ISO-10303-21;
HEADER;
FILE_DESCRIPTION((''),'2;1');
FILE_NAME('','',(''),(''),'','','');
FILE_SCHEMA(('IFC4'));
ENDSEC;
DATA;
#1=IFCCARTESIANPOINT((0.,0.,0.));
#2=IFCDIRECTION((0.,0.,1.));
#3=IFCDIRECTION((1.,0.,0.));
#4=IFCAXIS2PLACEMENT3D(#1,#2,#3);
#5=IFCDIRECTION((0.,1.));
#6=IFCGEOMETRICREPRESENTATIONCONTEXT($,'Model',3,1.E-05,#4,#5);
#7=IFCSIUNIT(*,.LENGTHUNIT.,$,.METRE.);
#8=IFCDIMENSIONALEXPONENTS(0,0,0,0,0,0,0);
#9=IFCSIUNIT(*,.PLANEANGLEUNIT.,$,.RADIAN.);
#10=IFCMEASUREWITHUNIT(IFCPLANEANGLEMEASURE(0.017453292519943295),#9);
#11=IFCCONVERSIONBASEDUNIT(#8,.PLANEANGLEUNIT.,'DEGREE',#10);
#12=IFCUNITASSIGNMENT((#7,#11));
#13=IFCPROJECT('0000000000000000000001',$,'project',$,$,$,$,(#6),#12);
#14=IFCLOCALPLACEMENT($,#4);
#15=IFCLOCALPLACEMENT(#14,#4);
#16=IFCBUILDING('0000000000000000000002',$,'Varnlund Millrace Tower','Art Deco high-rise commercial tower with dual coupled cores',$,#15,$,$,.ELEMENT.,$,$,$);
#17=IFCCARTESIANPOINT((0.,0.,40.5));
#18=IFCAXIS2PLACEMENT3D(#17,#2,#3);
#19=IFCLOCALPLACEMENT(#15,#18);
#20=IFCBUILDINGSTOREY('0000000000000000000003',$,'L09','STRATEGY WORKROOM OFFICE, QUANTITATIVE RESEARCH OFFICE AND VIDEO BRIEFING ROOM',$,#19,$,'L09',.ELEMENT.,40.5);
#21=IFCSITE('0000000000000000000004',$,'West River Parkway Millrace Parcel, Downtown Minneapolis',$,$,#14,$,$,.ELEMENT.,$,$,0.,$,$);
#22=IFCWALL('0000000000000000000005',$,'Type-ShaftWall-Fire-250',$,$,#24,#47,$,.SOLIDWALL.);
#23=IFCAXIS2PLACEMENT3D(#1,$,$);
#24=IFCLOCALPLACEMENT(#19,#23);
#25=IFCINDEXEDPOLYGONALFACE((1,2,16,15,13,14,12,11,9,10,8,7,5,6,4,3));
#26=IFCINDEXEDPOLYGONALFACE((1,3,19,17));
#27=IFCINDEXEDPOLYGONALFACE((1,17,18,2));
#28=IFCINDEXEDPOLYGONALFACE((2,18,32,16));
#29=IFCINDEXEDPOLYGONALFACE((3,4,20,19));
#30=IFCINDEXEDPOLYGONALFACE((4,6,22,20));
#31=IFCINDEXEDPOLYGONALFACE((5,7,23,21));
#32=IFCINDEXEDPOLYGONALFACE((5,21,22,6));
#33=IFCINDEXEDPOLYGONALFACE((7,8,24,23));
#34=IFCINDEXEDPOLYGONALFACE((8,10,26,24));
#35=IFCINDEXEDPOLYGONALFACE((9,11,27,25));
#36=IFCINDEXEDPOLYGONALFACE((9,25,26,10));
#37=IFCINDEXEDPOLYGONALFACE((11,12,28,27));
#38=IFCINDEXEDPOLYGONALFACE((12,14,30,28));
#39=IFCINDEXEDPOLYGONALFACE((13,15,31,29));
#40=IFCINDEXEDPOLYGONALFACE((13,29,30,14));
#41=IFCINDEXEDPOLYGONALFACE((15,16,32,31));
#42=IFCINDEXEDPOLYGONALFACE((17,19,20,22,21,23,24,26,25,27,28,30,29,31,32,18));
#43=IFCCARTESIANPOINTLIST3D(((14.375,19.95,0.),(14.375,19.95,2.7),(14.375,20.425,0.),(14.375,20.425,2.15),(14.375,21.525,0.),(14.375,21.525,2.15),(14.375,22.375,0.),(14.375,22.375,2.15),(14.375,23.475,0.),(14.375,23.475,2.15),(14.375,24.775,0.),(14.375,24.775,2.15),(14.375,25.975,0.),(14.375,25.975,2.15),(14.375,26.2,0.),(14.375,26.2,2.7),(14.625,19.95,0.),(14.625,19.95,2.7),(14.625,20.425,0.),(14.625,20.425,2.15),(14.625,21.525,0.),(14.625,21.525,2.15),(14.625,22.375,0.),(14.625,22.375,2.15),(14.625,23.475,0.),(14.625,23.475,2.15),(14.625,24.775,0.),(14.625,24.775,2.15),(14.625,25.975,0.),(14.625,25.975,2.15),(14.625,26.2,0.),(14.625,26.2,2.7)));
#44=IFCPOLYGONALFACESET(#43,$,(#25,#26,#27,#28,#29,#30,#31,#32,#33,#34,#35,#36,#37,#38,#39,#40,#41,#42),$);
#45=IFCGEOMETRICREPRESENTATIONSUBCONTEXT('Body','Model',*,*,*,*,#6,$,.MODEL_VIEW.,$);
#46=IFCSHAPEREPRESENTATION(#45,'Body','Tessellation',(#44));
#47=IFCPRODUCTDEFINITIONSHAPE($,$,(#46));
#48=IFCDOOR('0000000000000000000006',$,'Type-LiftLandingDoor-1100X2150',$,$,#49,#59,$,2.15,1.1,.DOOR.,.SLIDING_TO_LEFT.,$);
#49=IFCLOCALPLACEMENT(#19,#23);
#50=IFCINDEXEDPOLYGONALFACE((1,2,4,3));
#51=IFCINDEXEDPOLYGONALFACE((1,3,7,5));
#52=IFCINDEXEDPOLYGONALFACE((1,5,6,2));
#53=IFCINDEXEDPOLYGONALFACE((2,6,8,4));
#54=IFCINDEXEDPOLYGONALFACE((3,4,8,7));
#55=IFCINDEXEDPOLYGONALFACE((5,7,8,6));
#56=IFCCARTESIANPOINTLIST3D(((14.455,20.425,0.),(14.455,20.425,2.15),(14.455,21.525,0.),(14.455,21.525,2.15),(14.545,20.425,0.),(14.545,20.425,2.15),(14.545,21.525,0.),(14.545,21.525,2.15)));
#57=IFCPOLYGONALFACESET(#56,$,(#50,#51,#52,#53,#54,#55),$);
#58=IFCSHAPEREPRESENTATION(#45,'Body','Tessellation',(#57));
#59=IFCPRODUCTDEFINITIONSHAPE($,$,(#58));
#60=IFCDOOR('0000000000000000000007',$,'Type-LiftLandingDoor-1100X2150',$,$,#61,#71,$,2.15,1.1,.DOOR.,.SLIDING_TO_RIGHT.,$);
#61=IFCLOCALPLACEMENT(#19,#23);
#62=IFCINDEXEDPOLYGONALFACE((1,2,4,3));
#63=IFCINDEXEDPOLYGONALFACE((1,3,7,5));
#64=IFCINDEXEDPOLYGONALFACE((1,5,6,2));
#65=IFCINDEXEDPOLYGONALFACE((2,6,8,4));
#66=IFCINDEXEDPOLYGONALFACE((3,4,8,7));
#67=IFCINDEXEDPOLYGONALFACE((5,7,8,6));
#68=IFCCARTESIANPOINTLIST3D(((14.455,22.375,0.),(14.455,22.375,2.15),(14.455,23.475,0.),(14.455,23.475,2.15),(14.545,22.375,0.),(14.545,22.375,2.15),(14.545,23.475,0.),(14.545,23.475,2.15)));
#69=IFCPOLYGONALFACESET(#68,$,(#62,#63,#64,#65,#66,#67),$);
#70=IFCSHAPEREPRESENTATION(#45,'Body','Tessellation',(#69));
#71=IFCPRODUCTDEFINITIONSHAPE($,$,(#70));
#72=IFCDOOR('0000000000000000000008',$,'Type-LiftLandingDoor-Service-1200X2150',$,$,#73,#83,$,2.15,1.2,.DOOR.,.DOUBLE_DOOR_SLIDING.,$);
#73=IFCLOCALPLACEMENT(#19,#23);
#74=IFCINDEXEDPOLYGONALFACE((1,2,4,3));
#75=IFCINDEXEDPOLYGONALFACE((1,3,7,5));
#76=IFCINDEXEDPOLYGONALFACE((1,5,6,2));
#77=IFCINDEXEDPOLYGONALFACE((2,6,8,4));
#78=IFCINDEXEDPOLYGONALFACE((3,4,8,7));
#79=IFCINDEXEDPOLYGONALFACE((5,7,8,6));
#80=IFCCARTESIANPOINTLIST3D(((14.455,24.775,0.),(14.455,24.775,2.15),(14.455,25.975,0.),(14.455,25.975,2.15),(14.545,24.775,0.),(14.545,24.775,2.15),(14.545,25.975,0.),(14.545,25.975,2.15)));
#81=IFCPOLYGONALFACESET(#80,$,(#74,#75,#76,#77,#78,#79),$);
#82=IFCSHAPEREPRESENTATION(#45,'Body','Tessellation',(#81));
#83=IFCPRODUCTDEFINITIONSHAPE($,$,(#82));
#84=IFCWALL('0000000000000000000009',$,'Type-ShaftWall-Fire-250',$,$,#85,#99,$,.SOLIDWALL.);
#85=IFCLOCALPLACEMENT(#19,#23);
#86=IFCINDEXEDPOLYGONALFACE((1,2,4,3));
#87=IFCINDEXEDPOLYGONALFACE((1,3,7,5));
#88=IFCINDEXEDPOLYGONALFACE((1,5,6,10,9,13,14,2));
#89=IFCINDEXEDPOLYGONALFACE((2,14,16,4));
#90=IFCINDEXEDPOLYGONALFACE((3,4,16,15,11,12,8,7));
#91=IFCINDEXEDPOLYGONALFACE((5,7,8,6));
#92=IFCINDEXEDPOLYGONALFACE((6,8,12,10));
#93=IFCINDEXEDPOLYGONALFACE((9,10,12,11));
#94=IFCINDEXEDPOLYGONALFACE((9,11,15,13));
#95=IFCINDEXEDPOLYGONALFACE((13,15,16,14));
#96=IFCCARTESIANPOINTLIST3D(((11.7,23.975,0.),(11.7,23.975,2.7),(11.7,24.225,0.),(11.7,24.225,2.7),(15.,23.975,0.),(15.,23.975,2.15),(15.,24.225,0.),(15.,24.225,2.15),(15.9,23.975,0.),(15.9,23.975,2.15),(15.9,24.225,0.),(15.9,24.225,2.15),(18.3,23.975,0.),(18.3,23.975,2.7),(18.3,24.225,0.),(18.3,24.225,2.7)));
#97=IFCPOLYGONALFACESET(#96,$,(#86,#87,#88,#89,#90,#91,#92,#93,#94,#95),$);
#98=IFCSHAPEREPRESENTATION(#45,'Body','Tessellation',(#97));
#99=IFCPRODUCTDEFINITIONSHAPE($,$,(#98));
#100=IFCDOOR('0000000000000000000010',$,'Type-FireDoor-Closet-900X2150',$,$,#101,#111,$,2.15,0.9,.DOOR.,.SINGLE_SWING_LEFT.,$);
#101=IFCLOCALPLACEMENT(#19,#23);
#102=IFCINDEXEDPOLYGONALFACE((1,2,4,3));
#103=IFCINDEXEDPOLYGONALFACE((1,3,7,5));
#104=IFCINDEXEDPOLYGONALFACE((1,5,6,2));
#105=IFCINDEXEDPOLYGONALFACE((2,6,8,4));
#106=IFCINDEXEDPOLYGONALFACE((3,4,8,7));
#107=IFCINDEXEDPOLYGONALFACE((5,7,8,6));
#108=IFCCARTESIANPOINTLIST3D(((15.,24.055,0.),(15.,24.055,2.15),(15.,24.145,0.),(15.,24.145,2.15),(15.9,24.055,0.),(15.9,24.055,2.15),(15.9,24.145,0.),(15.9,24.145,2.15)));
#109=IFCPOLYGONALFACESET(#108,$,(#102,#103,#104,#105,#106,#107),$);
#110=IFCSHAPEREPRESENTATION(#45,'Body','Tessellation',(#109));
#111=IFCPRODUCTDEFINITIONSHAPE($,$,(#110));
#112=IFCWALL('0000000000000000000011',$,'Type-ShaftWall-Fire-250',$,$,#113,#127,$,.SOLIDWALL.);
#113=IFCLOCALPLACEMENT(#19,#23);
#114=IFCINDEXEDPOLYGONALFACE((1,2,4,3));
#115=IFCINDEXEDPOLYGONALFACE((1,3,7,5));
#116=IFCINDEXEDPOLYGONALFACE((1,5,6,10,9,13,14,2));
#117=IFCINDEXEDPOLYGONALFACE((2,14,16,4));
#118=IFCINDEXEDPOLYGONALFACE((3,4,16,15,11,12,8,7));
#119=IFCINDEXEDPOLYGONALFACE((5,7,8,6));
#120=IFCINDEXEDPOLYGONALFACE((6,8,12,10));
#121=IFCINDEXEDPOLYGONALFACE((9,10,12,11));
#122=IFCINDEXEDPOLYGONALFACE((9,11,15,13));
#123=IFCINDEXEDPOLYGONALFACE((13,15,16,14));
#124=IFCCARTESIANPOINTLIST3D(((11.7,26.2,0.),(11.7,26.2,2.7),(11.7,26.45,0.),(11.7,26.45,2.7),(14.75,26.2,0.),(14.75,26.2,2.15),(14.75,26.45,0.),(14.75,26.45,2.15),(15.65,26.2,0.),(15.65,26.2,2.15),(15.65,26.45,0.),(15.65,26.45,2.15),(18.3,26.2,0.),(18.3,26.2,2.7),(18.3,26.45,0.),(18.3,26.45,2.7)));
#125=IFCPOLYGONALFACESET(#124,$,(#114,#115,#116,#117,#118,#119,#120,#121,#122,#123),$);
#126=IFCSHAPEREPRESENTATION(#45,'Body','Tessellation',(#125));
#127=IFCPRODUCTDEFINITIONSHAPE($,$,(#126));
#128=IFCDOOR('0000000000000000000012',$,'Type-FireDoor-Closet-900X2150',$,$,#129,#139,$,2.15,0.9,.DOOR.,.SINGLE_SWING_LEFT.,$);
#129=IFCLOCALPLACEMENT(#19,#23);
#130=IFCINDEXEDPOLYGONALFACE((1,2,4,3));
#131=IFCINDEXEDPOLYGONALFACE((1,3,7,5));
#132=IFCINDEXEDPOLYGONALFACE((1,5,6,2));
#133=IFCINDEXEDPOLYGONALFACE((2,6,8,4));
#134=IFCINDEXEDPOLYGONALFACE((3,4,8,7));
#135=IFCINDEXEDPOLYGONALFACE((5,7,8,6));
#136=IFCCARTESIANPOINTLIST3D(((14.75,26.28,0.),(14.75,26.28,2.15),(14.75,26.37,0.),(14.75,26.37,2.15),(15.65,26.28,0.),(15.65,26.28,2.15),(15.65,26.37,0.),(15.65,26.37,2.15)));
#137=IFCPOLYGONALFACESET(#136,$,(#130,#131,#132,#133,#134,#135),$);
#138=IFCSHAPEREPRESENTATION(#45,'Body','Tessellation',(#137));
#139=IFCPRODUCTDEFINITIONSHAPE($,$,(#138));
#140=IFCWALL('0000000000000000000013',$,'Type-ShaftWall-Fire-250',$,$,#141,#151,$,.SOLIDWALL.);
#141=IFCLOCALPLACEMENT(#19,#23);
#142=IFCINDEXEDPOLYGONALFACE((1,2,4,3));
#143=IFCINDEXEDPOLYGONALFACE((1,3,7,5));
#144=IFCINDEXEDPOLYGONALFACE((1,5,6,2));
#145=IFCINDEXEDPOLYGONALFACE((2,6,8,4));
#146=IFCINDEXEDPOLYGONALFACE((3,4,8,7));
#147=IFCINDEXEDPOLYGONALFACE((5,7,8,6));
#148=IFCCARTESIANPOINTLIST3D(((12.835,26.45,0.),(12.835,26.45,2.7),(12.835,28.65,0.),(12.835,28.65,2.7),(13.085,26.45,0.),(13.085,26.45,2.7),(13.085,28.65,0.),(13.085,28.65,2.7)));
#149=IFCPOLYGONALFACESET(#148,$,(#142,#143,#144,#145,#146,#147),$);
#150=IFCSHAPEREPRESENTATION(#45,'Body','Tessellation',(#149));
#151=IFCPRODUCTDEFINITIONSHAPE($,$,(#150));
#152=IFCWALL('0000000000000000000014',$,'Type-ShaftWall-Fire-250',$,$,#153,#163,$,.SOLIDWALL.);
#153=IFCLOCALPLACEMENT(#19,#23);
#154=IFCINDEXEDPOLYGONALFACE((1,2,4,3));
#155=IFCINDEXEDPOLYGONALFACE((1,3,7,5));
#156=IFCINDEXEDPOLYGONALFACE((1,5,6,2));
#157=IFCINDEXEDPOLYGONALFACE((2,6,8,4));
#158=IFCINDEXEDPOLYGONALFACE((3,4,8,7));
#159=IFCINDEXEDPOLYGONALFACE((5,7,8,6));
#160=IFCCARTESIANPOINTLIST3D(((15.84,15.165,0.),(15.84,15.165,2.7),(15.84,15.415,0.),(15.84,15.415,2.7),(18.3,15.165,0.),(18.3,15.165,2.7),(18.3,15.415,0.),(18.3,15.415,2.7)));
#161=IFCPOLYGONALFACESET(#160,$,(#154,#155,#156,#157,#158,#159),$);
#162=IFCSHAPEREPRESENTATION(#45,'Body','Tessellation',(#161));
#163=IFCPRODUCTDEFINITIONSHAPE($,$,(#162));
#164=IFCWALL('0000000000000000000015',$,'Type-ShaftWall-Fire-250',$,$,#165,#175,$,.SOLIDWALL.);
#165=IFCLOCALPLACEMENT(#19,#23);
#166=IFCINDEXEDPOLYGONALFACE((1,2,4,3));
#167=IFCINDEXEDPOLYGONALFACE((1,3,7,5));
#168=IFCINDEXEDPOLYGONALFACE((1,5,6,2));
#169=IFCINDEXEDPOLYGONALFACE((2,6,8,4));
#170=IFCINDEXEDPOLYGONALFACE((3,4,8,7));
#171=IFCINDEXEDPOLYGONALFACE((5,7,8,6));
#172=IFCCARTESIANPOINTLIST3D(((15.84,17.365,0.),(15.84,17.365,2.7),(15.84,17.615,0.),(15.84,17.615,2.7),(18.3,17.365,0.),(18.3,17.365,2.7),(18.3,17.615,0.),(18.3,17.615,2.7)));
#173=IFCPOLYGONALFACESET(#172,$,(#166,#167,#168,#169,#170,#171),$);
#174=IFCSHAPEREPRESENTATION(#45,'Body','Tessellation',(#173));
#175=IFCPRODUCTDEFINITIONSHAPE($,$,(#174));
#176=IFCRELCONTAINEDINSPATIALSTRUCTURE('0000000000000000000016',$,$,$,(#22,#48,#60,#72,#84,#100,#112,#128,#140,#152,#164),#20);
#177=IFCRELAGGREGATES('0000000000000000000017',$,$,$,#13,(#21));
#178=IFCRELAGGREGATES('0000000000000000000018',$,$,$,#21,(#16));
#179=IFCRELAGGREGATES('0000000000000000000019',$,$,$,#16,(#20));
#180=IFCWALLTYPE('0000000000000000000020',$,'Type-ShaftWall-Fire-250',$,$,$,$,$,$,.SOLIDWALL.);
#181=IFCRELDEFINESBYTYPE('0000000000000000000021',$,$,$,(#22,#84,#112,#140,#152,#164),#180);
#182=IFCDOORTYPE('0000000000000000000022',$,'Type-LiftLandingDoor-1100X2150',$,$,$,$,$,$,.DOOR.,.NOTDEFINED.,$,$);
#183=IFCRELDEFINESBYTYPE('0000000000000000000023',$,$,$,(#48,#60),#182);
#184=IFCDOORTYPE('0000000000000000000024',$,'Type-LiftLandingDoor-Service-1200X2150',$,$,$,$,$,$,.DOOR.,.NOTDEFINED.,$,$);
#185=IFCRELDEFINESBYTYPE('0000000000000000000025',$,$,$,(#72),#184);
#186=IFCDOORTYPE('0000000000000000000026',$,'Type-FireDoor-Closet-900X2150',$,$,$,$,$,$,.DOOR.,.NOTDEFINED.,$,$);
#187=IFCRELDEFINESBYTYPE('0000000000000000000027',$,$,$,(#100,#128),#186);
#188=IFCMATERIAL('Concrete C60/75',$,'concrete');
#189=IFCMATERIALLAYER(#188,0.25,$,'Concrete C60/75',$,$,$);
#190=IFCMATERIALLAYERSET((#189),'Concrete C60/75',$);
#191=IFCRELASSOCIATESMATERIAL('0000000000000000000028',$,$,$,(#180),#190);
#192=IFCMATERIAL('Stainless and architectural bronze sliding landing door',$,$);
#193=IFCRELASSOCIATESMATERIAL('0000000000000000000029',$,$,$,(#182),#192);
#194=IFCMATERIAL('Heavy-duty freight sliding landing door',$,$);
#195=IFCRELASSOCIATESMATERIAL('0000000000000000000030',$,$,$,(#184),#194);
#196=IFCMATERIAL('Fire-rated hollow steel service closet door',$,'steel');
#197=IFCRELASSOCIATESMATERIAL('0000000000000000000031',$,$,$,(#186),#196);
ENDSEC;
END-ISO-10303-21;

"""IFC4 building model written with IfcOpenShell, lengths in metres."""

from ifc_helpers import new_model, entity, si_unit, converted_unit, direction, frame, origin_with_axes, origin_2d_with_axis, place, context, subcontext, project, spatial, polyline, rectangle, outline, extrude, material, layer, layer_set, type_object, element, fill, save


model = new_model("IFC4")

# Units and contexts
model_context = context("Model", 3, precision=1e-05, world=origin_with_axes(), true_north=direction((0.0, 1.0)))
body_context = subcontext(model_context, "Body", "Model", "MODEL_VIEW")
ifc_project = project(units=[si_unit("LENGTHUNIT", "METRE"), converted_unit("PLANEANGLEUNIT", "DEGREE", entity("IfcPlaneAngleMeasure", 0.017453292519943295), si_unit("PLANEANGLEUNIT", "RADIAN"), dimensions=[0, 0, 0, 0, 0, 0, 0])], contexts=[model_context])

# Site, building, storey
site_placement = place(None, origin_with_axes())
site = spatial("IfcSite", under=ifc_project, at=site_placement, Name="West River Parkway Millrace Parcel, Downtown Minneapolis", CompositionType="ELEMENT", RefElevation=0.0)
building_placement = place(site_placement, origin_with_axes())
building = spatial("IfcBuilding", under=site, at=building_placement, Name="Varnlund Millrace Tower", Description="Art Deco high-rise commercial tower with dual coupled cores", CompositionType="ELEMENT")
storey_placement = place(building_placement, frame((0.0, 0.0, 40.5), z_axis=(0.0, 0.0, 1.0), x_axis=(1.0, 0.0, 0.0)))
storey = spatial("IfcBuildingStorey", under=building, at=storey_placement, Name="L09", Description="STRATEGY WORKROOM OFFICE, QUANTITATIVE RESEARCH OFFICE AND VIDEO BRIEFING ROOM", LongName="L09", CompositionType="ELEMENT", Elevation=40.5)

# Wall, openings, doors
ifc_material_1 = material(Name="Concrete C60/75", Category="concrete")
ifc_layer = layer(ifc_material_1, 0.25, Name="Concrete C60/75")
ifc_layer_set = layer_set([ifc_layer], Name="Concrete C60/75")
wall_type_1 = type_object("IfcWallType", Name="Type-ShaftWall-Fire-250", PredefinedType="SOLIDWALL", material=ifc_layer_set)
wall_1_placement = place(storey_placement, frame((14.5, 19.95, 0.0), z_axis=(0.0, 0.0, 1.0), x_axis=(0.0, 1.0, 0.0)))
wall_1 = element("IfcWall", 1, at=wall_1_placement, inside=storey, type_object=wall_type_1, Name="Type-ShaftWall-Fire-250", PredefinedType="SOLIDWALL", context=body_context, shape_type="SweptSolid", body=[
    extrude(outline(polyline([(0.0, -0.125), (6.25, -0.125), (6.25, 0.125), (0.0, 0.125), (0.0, -0.125)])), origin_with_axes(), (0.0, 0.0, 1.0), 2.7),
])
opening_1_placement = place(wall_1_placement, frame((1.025, 0.0, 0.0), z_axis=(0.0, 0.0, 1.0), x_axis=(1.0, 0.0, 0.0)))
opening_1 = element("IfcOpeningElement", 2, at=opening_1_placement, cuts=wall_1, PredefinedType="OPENING", context=body_context, shape_type="SweptSolid", body=[
    extrude(rectangle(XDim=1.1, YDim=0.27, at=origin_2d_with_axis()), origin_with_axes(), (0.0, 0.0, 1.0), 2.15),
])
opening_2_placement = place(wall_1_placement, frame((2.975, 0.0, 0.0), z_axis=(0.0, 0.0, 1.0), x_axis=(1.0, 0.0, 0.0)))
opening_2 = element("IfcOpeningElement", 3, at=opening_2_placement, cuts=wall_1, PredefinedType="OPENING", context=body_context, shape_type="SweptSolid", body=[
    extrude(rectangle(XDim=1.1, YDim=0.27, at=origin_2d_with_axis()), origin_with_axes(), (0.0, 0.0, 1.0), 2.15),
])
opening_3_placement = place(wall_1_placement, frame((5.425, 0.0, 0.0), z_axis=(0.0, 0.0, 1.0), x_axis=(1.0, 0.0, 0.0)))
opening_3 = element("IfcOpeningElement", 4, at=opening_3_placement, cuts=wall_1, PredefinedType="OPENING", context=body_context, shape_type="SweptSolid", body=[
    extrude(rectangle(XDim=1.2, YDim=0.27, at=origin_2d_with_axis()), origin_with_axes(), (0.0, 0.0, 1.0), 2.15),
])
ifc_material_2 = material(Name="Stainless and architectural bronze sliding landing door")
door_type_1 = type_object("IfcDoorType", Name="Type-LiftLandingDoor-1100X2150", OperationType="NOTDEFINED", PredefinedType="DOOR", material=ifc_material_2)
door_1_placement = place(wall_1_placement, frame((1.025, 0.0, 0.0), z_axis=(0.0, 0.0, 1.0), x_axis=(1.0, 0.0, 0.0)))
door_1 = element("IfcDoor", 5, at=door_1_placement, inside=storey, type_object=door_type_1, Name="Type-LiftLandingDoor-1100X2150", OperationType="SLIDING_TO_LEFT", OverallHeight=2.15, OverallWidth=1.1, PredefinedType="DOOR", context=body_context, shape_type="SweptSolid", body=[
    extrude(rectangle(XDim=1.1, YDim=0.09, at=origin_2d_with_axis()), origin_with_axes(), (0.0, 0.0, 1.0), 2.15),
])
fill(opening_1, door_1)
door_2_placement = place(wall_1_placement, frame((2.975, 0.0, 0.0), z_axis=(0.0, 0.0, 1.0), x_axis=(1.0, 0.0, 0.0)))
door_2 = element("IfcDoor", 6, at=door_2_placement, inside=storey, type_object=door_type_1, Name="Type-LiftLandingDoor-1100X2150", OperationType="SLIDING_TO_RIGHT", OverallHeight=2.15, OverallWidth=1.1, PredefinedType="DOOR", context=body_context, shape_type="SweptSolid", body=[
    extrude(rectangle(XDim=1.1, YDim=0.09, at=origin_2d_with_axis()), origin_with_axes(), (0.0, 0.0, 1.0), 2.15),
])
fill(opening_2, door_2)
ifc_material_3 = material(Name="Heavy-duty freight sliding landing door")
door_type_2 = type_object("IfcDoorType", Name="Type-LiftLandingDoor-Service-1200X2150", OperationType="NOTDEFINED", PredefinedType="DOOR", material=ifc_material_3)
door_3_placement = place(wall_1_placement, frame((5.425, 0.0, 0.0), z_axis=(0.0, 0.0, 1.0), x_axis=(1.0, 0.0, 0.0)))
door_3 = element("IfcDoor", 7, at=door_3_placement, inside=storey, type_object=door_type_2, Name="Type-LiftLandingDoor-Service-1200X2150", OperationType="DOUBLE_DOOR_SLIDING", OverallHeight=2.15, OverallWidth=1.2, PredefinedType="DOOR", context=body_context, shape_type="SweptSolid", body=[
    extrude(rectangle(XDim=1.2, YDim=0.09, at=origin_2d_with_axis()), origin_with_axes(), (0.0, 0.0, 1.0), 2.15),
])
fill(opening_3, door_3)

# Walls, openings, doors
wall_2_placement = place(storey_placement, frame((11.7, 24.1, 0.0), z_axis=(0.0, 0.0, 1.0), x_axis=(1.0, 0.0, 0.0)))
wall_2 = element("IfcWall", 8, at=wall_2_placement, inside=storey, type_object=wall_type_1, Name="Type-ShaftWall-Fire-250", PredefinedType="SOLIDWALL", context=body_context, shape_type="SweptSolid", body=[
    extrude(outline(polyline([(0.0, -0.125), (6.6, -0.125), (6.6, 0.125), (0.0, 0.125), (0.0, -0.125)])), origin_with_axes(), (0.0, 0.0, 1.0), 2.7),
])
opening_4_placement = place(wall_2_placement, frame((3.75, 0.0, 0.0), z_axis=(0.0, 0.0, 1.0), x_axis=(1.0, 0.0, 0.0)))
opening_4 = element("IfcOpeningElement", 9, at=opening_4_placement, cuts=wall_2, PredefinedType="OPENING", context=body_context, shape_type="SweptSolid", body=[
    extrude(rectangle(XDim=0.9, YDim=0.27, at=origin_2d_with_axis()), origin_with_axes(), (0.0, 0.0, 1.0), 2.15),
])
ifc_material_4 = material(Name="Fire-rated hollow steel service closet door", Category="steel")
door_type_3 = type_object("IfcDoorType", Name="Type-FireDoor-Closet-900X2150", OperationType="NOTDEFINED", PredefinedType="DOOR", material=ifc_material_4)
door_4_placement = place(wall_2_placement, frame((3.75, 0.0, 0.0), z_axis=(0.0, 0.0, 1.0), x_axis=(1.0, 0.0, 0.0)))
door_4 = element("IfcDoor", 10, at=door_4_placement, inside=storey, type_object=door_type_3, Name="Type-FireDoor-Closet-900X2150", OperationType="SINGLE_SWING_LEFT", OverallHeight=2.15, OverallWidth=0.9, PredefinedType="DOOR", context=body_context, shape_type="SweptSolid", body=[
    extrude(rectangle(XDim=0.9, YDim=0.09, at=origin_2d_with_axis()), origin_with_axes(), (0.0, 0.0, 1.0), 2.15),
])
fill(opening_4, door_4)
wall_3_placement = place(storey_placement, frame((11.7, 26.325, 0.0), z_axis=(0.0, 0.0, 1.0), x_axis=(1.0, 0.0, 0.0)))
wall_3 = element("IfcWall", 11, at=wall_3_placement, inside=storey, type_object=wall_type_1, Name="Type-ShaftWall-Fire-250", PredefinedType="SOLIDWALL", context=body_context, shape_type="SweptSolid", body=[
    extrude(outline(polyline([(0.0, -0.125), (6.6, -0.125), (6.6, 0.125), (0.0, 0.125), (0.0, -0.125)])), origin_with_axes(), (0.0, 0.0, 1.0), 2.7),
])
opening_5_placement = place(wall_3_placement, frame((3.5, 0.0, 0.0), z_axis=(0.0, 0.0, 1.0), x_axis=(1.0, 0.0, 0.0)))
opening_5 = element("IfcOpeningElement", 12, at=opening_5_placement, cuts=wall_3, PredefinedType="OPENING", context=body_context, shape_type="SweptSolid", body=[
    extrude(rectangle(XDim=0.9, YDim=0.27, at=origin_2d_with_axis()), origin_with_axes(), (0.0, 0.0, 1.0), 2.15),
])
door_5_placement = place(wall_3_placement, frame((3.5, 0.0, 0.0), z_axis=(0.0, 0.0, 1.0), x_axis=(1.0, 0.0, 0.0)))
door_5 = element("IfcDoor", 13, at=door_5_placement, inside=storey, type_object=door_type_3, Name="Type-FireDoor-Closet-900X2150", OperationType="SINGLE_SWING_LEFT", OverallHeight=2.15, OverallWidth=0.9, PredefinedType="DOOR", context=body_context, shape_type="SweptSolid", body=[
    extrude(rectangle(XDim=0.9, YDim=0.09, at=origin_2d_with_axis()), origin_with_axes(), (0.0, 0.0, 1.0), 2.15),
])
fill(opening_5, door_5)

# Walls
wall_4_placement = place(storey_placement, frame((12.96, 26.45, 0.0), z_axis=(0.0, 0.0, 1.0), x_axis=(0.0, 1.0, 0.0)))
element("IfcWall", 14, at=wall_4_placement, inside=storey, type_object=wall_type_1, Name="Type-ShaftWall-Fire-250", PredefinedType="SOLIDWALL", context=body_context, shape_type="SweptSolid", body=[
    extrude(outline(polyline([(0.0, -0.125), (2.2, -0.125), (2.2, 0.125), (0.0, 0.125), (0.0, -0.125)])), origin_with_axes(), (0.0, 0.0, 1.0), 2.7),
])
for number, where, z_axis, x_axis, name in (
    (15, (15.84, 15.29, 0.0), (0.0, 0.0, 1.0), (1.0, 0.0, 0.0), "Type-ShaftWall-Fire-250"),
    (16, (15.84, 17.49, 0.0), (0.0, 0.0, 1.0), (1.0, 0.0, 0.0), "Type-ShaftWall-Fire-250"),
):
    element("IfcWall", number, at=place(storey_placement, frame(where, z_axis=z_axis, x_axis=x_axis)), inside=storey, type_object=wall_type_1, Name=name, PredefinedType="SOLIDWALL", context=body_context, shape_type="SweptSolid", body=[
        extrude(outline(polyline([(0.0, -0.125), (2.46, -0.125), (2.46, 0.125), (0.0, 0.125), (0.0, -0.125)])), origin_with_axes(), (0.0, 0.0, 1.0), 2.7),
    ])

save(model, "model.ifc")
